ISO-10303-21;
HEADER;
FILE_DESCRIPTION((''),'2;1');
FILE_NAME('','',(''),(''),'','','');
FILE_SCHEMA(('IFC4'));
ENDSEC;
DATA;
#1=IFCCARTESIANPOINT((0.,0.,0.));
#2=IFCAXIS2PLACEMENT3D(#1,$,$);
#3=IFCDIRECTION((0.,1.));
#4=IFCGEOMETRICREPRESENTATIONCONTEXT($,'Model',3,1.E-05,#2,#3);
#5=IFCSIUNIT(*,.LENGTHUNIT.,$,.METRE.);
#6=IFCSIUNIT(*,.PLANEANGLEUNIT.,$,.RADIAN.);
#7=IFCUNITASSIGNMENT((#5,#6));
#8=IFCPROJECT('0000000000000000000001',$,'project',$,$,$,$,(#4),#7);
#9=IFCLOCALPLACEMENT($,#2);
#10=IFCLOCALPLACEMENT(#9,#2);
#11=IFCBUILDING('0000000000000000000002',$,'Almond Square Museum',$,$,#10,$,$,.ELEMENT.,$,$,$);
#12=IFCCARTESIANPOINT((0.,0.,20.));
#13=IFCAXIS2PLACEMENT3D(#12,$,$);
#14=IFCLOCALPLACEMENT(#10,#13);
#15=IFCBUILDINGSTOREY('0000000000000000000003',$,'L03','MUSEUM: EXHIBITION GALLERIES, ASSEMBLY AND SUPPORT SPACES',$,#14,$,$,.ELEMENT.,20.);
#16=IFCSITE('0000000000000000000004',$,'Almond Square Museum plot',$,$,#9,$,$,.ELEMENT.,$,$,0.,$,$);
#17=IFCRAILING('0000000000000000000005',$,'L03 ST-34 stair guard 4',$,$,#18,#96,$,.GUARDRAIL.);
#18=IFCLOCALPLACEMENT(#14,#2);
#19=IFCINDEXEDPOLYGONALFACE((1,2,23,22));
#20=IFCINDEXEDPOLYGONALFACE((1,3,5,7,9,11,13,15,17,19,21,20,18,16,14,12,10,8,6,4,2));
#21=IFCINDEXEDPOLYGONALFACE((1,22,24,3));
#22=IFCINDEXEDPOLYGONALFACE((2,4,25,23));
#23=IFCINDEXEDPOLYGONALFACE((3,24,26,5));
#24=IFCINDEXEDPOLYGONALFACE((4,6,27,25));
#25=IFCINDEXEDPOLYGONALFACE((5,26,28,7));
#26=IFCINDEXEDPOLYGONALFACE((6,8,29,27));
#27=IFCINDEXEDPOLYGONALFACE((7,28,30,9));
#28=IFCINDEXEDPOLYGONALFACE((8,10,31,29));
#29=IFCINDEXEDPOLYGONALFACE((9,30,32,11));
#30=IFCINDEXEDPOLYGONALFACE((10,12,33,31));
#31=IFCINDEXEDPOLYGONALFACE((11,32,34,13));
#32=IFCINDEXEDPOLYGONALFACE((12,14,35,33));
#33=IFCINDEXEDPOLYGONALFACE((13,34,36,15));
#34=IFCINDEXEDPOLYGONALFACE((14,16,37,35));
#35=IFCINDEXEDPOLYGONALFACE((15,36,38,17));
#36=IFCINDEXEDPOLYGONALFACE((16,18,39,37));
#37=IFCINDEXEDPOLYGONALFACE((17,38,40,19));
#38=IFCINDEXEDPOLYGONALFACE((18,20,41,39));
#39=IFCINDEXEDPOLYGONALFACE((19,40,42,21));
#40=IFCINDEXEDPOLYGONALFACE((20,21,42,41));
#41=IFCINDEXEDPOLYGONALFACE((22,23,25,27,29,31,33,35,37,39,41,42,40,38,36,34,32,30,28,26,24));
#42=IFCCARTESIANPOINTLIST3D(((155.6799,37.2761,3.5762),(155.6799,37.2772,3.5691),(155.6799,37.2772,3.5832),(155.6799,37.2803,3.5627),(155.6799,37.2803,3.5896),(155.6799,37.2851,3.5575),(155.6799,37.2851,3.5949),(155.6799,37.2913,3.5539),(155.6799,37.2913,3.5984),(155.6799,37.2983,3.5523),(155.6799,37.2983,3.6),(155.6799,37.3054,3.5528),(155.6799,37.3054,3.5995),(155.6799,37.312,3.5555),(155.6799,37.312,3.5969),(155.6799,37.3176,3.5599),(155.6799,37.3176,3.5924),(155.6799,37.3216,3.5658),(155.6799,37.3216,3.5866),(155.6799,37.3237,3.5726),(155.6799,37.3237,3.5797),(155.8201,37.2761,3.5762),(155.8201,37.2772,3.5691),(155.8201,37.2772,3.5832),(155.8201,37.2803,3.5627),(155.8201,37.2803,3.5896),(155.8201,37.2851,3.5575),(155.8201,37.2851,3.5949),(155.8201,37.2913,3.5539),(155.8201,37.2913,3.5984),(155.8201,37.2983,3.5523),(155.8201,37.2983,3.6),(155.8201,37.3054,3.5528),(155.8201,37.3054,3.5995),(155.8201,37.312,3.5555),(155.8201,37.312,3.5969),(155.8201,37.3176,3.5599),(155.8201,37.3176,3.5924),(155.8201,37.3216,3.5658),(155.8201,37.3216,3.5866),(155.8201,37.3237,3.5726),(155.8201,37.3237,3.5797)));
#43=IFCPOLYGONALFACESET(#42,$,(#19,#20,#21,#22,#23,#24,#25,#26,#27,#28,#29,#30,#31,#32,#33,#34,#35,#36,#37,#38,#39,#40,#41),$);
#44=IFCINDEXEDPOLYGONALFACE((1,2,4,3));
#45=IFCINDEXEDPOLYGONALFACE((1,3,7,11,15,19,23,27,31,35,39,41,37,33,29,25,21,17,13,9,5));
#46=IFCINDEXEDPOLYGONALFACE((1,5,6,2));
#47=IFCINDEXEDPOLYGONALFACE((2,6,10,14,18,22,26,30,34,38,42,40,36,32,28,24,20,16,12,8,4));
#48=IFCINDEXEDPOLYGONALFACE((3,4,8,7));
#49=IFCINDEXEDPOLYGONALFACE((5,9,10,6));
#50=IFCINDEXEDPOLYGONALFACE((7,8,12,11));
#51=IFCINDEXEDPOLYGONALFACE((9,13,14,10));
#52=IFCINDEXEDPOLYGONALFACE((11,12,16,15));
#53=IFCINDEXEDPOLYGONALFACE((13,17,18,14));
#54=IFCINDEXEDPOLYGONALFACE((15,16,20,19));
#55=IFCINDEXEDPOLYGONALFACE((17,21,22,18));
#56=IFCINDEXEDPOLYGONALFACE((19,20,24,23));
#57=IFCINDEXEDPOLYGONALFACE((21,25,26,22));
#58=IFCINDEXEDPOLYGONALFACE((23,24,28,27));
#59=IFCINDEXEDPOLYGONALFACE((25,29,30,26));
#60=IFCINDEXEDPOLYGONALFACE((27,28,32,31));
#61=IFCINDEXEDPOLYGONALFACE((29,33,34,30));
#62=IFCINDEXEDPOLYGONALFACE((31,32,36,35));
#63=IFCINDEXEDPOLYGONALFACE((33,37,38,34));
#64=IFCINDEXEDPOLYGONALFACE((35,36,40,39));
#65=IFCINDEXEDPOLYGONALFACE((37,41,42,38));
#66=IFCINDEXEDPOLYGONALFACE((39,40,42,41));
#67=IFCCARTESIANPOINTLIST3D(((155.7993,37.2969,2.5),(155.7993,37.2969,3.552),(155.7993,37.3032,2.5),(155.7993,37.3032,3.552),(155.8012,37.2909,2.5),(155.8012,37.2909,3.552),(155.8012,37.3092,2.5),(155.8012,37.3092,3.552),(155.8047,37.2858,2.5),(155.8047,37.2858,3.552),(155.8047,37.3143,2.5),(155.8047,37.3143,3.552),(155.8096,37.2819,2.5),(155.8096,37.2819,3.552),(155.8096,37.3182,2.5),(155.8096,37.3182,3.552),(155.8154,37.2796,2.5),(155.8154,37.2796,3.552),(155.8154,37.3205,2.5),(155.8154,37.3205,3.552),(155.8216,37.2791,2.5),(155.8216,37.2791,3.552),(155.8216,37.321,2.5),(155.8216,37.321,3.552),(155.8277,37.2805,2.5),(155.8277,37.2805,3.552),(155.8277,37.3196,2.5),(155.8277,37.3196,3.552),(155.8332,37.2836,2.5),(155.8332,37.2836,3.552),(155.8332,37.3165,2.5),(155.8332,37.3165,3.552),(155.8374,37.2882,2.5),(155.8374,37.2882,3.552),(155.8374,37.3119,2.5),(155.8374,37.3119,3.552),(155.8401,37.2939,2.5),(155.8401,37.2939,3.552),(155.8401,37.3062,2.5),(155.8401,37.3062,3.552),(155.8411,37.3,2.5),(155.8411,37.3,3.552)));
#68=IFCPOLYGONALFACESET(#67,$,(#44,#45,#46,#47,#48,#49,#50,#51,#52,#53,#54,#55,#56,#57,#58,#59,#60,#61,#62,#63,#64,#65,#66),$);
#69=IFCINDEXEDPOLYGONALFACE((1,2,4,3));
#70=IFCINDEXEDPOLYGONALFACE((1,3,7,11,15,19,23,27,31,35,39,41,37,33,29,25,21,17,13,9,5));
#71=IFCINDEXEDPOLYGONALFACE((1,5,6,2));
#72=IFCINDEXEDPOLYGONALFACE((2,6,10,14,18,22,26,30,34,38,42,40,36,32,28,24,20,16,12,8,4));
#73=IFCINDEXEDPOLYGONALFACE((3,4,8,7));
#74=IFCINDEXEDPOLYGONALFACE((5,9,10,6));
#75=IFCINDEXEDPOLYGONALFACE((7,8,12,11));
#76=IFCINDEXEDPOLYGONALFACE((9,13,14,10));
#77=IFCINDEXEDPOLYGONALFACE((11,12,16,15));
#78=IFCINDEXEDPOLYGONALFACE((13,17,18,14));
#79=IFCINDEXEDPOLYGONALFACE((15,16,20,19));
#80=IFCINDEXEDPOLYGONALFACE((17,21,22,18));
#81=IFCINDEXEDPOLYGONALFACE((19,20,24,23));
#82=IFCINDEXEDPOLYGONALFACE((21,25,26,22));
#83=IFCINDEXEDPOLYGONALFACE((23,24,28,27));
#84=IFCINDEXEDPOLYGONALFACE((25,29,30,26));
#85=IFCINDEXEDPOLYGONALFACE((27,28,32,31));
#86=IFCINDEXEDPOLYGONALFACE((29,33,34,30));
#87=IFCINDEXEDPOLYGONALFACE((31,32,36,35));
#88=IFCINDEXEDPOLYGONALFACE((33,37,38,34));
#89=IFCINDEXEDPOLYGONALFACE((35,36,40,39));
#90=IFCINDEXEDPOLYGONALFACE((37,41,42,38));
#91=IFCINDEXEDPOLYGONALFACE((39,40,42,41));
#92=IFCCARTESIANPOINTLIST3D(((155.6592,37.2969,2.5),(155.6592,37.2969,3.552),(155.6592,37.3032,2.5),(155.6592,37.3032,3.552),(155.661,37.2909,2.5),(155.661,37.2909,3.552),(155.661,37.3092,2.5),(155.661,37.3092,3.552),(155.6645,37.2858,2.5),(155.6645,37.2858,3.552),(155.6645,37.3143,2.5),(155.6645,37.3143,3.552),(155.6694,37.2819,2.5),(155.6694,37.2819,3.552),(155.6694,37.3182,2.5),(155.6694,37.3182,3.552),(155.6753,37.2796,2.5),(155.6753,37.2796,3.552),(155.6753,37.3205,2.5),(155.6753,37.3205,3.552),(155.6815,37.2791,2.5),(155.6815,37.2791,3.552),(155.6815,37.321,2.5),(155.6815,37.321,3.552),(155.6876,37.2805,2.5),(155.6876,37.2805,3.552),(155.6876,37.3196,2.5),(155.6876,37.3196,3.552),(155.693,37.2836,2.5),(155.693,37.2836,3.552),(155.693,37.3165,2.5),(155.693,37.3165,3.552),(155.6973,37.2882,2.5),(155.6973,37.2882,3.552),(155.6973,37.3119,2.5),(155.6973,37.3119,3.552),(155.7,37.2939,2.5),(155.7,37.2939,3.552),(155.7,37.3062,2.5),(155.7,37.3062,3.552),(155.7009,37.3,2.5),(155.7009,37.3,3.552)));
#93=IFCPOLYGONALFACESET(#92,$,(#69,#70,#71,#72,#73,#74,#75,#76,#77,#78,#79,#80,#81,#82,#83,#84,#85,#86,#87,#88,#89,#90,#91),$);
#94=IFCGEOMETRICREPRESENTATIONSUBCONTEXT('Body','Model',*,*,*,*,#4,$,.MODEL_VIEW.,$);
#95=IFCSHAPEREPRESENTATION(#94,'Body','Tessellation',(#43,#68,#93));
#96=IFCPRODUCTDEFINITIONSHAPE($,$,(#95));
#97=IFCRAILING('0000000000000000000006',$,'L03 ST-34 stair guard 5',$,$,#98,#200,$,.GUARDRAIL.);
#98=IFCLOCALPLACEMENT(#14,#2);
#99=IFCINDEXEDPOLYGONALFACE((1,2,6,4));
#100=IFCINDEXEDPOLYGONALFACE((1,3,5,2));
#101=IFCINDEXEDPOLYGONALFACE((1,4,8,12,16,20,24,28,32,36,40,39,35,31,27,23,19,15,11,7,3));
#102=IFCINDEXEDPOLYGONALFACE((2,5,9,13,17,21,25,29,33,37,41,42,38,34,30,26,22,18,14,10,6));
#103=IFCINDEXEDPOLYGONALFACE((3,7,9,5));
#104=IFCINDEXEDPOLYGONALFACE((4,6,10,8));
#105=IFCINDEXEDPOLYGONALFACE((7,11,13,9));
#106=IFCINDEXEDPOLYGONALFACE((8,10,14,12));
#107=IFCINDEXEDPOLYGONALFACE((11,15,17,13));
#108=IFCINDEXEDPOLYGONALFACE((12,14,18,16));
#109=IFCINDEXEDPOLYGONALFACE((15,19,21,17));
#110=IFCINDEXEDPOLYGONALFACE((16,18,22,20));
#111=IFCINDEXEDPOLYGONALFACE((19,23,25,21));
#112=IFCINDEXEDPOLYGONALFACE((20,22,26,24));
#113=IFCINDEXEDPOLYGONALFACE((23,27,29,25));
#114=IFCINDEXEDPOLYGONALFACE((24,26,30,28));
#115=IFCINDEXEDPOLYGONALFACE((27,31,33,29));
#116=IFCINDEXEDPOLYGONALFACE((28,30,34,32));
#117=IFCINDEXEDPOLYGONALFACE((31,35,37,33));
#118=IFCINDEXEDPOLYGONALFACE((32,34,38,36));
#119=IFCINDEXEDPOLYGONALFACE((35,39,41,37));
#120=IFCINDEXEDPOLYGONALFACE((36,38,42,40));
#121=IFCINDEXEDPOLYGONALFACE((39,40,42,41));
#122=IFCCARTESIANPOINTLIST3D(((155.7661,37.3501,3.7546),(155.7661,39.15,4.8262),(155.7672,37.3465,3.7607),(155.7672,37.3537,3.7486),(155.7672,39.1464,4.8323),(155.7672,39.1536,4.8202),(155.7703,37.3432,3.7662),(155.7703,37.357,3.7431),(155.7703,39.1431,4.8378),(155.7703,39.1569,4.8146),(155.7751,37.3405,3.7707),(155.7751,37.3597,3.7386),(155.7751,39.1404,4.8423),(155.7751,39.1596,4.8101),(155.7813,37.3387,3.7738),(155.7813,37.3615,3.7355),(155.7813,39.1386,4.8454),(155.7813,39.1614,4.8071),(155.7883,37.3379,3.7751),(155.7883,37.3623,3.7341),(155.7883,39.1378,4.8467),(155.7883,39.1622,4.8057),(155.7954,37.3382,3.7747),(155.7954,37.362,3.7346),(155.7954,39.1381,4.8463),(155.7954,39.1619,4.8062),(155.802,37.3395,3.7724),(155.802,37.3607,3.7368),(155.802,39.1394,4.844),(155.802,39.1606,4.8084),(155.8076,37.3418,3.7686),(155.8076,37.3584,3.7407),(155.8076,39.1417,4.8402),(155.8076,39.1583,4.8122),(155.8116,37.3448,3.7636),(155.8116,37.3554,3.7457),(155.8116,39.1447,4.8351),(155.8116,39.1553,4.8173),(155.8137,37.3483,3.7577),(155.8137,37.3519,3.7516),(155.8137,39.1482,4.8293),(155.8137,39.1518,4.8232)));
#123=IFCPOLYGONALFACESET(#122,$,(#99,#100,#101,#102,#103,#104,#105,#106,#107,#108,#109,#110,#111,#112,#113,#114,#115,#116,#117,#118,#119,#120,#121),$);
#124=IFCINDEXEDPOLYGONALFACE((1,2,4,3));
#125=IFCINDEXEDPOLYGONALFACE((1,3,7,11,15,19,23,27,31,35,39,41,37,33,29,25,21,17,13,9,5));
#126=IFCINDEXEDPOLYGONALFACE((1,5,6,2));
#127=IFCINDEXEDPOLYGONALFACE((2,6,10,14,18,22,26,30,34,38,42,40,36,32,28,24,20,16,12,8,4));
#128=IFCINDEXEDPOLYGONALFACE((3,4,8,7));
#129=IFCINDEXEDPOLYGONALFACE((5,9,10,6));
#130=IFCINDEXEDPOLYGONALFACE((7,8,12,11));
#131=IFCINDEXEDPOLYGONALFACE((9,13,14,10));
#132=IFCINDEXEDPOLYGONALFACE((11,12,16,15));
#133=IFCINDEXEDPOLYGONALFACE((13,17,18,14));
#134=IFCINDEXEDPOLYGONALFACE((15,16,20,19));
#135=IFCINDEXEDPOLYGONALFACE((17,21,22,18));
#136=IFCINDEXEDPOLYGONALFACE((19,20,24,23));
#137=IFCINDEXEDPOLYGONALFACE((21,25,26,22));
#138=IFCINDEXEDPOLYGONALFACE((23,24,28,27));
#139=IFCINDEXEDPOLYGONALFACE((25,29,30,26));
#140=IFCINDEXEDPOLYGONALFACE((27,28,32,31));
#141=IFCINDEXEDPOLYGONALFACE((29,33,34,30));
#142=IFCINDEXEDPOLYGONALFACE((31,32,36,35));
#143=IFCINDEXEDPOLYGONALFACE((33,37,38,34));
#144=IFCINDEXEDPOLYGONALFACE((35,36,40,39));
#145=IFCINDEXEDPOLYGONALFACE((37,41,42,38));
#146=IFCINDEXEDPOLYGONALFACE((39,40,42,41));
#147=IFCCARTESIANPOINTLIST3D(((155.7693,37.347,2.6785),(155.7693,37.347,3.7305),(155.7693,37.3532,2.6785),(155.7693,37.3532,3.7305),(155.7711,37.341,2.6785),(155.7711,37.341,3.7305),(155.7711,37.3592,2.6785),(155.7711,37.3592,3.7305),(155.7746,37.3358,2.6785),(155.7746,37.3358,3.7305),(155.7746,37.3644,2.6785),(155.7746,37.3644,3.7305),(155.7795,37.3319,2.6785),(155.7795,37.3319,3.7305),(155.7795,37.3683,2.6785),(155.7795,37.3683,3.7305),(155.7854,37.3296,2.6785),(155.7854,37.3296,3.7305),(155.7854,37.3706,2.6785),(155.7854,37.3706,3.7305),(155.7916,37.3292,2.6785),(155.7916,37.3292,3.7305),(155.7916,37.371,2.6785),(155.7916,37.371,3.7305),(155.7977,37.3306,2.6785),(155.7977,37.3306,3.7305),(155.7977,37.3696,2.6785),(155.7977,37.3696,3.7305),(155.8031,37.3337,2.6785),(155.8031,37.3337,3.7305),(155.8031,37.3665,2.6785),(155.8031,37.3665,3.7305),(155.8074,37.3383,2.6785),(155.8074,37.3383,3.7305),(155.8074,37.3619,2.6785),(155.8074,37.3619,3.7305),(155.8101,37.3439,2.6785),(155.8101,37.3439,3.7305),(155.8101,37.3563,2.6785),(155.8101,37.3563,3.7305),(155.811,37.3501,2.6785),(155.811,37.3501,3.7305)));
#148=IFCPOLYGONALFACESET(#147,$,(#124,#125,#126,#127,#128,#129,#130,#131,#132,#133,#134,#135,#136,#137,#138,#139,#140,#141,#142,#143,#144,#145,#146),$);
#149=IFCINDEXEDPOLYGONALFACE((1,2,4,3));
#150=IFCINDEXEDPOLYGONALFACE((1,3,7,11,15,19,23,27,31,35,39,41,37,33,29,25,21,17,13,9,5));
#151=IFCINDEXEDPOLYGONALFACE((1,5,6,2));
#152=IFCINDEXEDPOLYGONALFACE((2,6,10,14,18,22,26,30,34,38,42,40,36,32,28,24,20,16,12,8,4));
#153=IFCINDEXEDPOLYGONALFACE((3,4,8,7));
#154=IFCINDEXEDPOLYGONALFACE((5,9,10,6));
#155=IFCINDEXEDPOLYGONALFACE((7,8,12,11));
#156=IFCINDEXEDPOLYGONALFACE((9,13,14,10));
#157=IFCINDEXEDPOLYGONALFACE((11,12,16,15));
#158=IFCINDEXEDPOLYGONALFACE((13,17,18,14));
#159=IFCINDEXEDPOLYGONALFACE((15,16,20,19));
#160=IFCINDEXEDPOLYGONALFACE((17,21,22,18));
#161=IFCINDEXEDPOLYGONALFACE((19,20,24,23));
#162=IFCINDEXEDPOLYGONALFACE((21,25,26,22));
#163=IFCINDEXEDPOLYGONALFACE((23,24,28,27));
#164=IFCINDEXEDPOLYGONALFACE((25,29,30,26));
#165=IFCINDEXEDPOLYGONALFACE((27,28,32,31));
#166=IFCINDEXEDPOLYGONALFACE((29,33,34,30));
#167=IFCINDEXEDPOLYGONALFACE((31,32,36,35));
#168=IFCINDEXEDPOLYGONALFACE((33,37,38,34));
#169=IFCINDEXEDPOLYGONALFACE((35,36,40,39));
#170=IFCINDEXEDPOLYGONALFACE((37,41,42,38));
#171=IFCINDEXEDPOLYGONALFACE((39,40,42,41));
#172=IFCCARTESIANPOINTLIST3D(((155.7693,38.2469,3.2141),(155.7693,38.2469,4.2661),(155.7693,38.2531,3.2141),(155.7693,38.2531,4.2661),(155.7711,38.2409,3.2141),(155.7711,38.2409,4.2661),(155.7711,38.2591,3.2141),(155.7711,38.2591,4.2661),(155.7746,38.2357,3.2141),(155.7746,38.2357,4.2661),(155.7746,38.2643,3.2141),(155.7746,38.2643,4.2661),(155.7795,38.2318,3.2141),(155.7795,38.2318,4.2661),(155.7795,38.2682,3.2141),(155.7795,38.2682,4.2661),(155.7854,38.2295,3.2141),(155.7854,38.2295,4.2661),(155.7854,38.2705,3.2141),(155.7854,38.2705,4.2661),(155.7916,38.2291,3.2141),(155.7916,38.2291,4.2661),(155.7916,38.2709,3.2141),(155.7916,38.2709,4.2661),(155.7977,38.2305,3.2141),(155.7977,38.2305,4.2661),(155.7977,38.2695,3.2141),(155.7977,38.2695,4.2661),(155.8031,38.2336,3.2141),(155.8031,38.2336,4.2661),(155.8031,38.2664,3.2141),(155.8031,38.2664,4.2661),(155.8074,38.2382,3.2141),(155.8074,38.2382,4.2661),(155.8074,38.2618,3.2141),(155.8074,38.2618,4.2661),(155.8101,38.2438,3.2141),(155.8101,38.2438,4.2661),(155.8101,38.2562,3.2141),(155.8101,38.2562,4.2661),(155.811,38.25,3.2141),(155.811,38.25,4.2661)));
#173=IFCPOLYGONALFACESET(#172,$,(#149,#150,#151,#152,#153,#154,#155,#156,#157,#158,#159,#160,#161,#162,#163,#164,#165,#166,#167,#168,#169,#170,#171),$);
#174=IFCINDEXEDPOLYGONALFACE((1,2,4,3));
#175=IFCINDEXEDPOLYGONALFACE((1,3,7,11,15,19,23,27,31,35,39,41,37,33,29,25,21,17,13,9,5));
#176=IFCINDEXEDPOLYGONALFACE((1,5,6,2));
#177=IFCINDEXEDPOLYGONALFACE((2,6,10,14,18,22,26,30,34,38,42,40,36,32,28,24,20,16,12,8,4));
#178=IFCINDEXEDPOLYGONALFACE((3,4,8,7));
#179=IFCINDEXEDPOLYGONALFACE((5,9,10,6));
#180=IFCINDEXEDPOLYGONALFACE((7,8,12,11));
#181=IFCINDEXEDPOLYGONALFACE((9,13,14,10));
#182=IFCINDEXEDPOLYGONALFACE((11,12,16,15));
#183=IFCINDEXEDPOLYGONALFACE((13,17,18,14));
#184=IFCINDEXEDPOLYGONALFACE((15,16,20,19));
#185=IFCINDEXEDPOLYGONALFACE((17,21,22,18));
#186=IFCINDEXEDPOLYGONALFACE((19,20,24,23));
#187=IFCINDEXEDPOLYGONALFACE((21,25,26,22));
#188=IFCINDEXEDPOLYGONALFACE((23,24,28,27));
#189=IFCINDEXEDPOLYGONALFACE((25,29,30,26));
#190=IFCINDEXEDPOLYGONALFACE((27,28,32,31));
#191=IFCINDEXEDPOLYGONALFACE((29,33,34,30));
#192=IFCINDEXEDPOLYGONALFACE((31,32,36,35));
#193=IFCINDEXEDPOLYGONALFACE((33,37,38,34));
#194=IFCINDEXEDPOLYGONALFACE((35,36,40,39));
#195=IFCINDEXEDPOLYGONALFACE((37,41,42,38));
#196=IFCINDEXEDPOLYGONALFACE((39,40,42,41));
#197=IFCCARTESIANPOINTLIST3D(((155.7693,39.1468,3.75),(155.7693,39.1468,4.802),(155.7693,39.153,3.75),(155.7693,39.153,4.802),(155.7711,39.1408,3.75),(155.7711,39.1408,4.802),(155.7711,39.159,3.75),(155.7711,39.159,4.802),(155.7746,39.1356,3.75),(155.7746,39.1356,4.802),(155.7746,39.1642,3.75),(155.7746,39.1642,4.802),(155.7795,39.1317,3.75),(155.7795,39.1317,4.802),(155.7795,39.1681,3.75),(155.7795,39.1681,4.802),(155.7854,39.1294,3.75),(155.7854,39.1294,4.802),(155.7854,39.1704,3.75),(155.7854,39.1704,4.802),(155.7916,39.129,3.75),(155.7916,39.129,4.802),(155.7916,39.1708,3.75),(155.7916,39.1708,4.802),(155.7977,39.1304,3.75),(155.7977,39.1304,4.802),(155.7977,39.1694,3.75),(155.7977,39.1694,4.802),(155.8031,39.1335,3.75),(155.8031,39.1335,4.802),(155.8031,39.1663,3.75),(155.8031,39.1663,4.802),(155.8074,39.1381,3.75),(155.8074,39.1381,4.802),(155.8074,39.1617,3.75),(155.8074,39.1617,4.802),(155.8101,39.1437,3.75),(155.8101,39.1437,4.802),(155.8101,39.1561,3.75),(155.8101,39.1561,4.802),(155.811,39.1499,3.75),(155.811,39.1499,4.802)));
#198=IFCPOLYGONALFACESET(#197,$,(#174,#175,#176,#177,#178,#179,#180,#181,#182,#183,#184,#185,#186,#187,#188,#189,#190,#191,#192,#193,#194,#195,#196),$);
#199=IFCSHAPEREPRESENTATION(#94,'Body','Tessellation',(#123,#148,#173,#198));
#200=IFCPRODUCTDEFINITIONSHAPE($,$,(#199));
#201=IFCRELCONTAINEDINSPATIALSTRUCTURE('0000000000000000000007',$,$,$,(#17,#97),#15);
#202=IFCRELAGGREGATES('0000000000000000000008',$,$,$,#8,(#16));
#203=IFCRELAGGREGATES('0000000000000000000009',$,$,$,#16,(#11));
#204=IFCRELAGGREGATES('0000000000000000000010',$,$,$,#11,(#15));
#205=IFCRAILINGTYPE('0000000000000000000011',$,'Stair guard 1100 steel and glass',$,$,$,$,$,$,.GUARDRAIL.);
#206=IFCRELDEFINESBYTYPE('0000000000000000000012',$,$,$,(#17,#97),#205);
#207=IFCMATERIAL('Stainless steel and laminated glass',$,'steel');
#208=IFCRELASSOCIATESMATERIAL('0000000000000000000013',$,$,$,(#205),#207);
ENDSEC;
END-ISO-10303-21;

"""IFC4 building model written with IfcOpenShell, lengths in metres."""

from ifc_helpers import new_model, si_unit, direction, frame, origin, origin_2d, place, context, subcontext, project, spatial, circle, extrude, material, type_object, element, save


model = new_model("IFC4")

# Units and contexts
model_context = context("Model", 3, precision=1e-05, world=origin(), true_north=direction((0.0, 1.0)))
body_context = subcontext(model_context, "Body", "Model", "MODEL_VIEW")
ifc_project = project(units=[si_unit("LENGTHUNIT", "METRE"), si_unit("PLANEANGLEUNIT", "RADIAN")], contexts=[model_context])

# Site, building, storey
site_placement = place(None, origin())
site = spatial("IfcSite", under=ifc_project, at=site_placement, Name="Almond Square Museum plot", CompositionType="ELEMENT", RefElevation=0.0)
building_placement = place(site_placement, origin())
building = spatial("IfcBuilding", under=site, at=building_placement, Name="Almond Square Museum", CompositionType="ELEMENT")
storey_placement = place(building_placement, frame((0.0, 0.0, 20.0)))
storey = spatial("IfcBuildingStorey", under=building, at=storey_placement, Name="L03", Description="MUSEUM: EXHIBITION GALLERIES, ASSEMBLY AND SUPPORT SPACES", CompositionType="ELEMENT", Elevation=20.0)

# Railings
ifc_material_1 = material(Name="Stainless steel and laminated glass", Category="steel")
railing_type_1 = type_object("IfcRailingType", Name="Stair guard 1100 steel and glass", PredefinedType="GUARDRAIL", material=ifc_material_1)
railing_1_placement = place(storey_placement, frame((155.8201, 37.3, 2.5)))
element("IfcRailing", 1, at=railing_1_placement, inside=storey, type_object=railing_type_1, Name="L03 ST-34 stair guard 4", PredefinedType="GUARDRAIL", context=body_context, shape_type="SweptSolid", body=[
    extrude(circle(Radius=0.0239, at=origin_2d()), frame((0.0, 0.0, 1.0762), z_axis=(-1.0, 0.0, 0.0), x_axis=(0.0, -1.0, 0.0)), (0.0, 0.0, 1.0), 0.1401),
    extrude(circle(Radius=0.021, at=origin_2d()), origin(), (0.0, 0.0, 1.0), 1.052),
    extrude(circle(Radius=0.021, at=origin_2d()), frame((-0.1401, 0.0, 0.0)), (0.0, 0.0, 1.0), 1.052),
])
railing_2_placement = place(storey_placement, frame((155.79, 37.3501, 2.6785)))
element("IfcRailing", 2, at=railing_2_placement, inside=storey, type_object=railing_type_1, Name="L03 ST-34 stair guard 5", PredefinedType="GUARDRAIL", context=body_context, shape_type="SweptSolid", body=[
    extrude(circle(Radius=0.0239, at=origin_2d()), frame((0.0, 0.0, 1.0762), z_axis=(0.0, 0.859247, 0.511562), x_axis=(-1.0, 0.0, 0.0)), (0.0, 0.0, 1.0), 2.0947),
    extrude(circle(Radius=0.021, at=origin_2d()), origin(), (0.0, 0.0, 1.0), 1.052),
    extrude(circle(Radius=0.021, at=origin_2d()), frame((0.0, 0.8999, 0.5356)), (0.0, 0.0, 1.0), 1.052),
    extrude(circle(Radius=0.021, at=origin_2d()), frame((0.0, 1.7998, 1.0715)), (0.0, 0.0, 1.0), 1.052),
])

save(model, "model.ifc")
